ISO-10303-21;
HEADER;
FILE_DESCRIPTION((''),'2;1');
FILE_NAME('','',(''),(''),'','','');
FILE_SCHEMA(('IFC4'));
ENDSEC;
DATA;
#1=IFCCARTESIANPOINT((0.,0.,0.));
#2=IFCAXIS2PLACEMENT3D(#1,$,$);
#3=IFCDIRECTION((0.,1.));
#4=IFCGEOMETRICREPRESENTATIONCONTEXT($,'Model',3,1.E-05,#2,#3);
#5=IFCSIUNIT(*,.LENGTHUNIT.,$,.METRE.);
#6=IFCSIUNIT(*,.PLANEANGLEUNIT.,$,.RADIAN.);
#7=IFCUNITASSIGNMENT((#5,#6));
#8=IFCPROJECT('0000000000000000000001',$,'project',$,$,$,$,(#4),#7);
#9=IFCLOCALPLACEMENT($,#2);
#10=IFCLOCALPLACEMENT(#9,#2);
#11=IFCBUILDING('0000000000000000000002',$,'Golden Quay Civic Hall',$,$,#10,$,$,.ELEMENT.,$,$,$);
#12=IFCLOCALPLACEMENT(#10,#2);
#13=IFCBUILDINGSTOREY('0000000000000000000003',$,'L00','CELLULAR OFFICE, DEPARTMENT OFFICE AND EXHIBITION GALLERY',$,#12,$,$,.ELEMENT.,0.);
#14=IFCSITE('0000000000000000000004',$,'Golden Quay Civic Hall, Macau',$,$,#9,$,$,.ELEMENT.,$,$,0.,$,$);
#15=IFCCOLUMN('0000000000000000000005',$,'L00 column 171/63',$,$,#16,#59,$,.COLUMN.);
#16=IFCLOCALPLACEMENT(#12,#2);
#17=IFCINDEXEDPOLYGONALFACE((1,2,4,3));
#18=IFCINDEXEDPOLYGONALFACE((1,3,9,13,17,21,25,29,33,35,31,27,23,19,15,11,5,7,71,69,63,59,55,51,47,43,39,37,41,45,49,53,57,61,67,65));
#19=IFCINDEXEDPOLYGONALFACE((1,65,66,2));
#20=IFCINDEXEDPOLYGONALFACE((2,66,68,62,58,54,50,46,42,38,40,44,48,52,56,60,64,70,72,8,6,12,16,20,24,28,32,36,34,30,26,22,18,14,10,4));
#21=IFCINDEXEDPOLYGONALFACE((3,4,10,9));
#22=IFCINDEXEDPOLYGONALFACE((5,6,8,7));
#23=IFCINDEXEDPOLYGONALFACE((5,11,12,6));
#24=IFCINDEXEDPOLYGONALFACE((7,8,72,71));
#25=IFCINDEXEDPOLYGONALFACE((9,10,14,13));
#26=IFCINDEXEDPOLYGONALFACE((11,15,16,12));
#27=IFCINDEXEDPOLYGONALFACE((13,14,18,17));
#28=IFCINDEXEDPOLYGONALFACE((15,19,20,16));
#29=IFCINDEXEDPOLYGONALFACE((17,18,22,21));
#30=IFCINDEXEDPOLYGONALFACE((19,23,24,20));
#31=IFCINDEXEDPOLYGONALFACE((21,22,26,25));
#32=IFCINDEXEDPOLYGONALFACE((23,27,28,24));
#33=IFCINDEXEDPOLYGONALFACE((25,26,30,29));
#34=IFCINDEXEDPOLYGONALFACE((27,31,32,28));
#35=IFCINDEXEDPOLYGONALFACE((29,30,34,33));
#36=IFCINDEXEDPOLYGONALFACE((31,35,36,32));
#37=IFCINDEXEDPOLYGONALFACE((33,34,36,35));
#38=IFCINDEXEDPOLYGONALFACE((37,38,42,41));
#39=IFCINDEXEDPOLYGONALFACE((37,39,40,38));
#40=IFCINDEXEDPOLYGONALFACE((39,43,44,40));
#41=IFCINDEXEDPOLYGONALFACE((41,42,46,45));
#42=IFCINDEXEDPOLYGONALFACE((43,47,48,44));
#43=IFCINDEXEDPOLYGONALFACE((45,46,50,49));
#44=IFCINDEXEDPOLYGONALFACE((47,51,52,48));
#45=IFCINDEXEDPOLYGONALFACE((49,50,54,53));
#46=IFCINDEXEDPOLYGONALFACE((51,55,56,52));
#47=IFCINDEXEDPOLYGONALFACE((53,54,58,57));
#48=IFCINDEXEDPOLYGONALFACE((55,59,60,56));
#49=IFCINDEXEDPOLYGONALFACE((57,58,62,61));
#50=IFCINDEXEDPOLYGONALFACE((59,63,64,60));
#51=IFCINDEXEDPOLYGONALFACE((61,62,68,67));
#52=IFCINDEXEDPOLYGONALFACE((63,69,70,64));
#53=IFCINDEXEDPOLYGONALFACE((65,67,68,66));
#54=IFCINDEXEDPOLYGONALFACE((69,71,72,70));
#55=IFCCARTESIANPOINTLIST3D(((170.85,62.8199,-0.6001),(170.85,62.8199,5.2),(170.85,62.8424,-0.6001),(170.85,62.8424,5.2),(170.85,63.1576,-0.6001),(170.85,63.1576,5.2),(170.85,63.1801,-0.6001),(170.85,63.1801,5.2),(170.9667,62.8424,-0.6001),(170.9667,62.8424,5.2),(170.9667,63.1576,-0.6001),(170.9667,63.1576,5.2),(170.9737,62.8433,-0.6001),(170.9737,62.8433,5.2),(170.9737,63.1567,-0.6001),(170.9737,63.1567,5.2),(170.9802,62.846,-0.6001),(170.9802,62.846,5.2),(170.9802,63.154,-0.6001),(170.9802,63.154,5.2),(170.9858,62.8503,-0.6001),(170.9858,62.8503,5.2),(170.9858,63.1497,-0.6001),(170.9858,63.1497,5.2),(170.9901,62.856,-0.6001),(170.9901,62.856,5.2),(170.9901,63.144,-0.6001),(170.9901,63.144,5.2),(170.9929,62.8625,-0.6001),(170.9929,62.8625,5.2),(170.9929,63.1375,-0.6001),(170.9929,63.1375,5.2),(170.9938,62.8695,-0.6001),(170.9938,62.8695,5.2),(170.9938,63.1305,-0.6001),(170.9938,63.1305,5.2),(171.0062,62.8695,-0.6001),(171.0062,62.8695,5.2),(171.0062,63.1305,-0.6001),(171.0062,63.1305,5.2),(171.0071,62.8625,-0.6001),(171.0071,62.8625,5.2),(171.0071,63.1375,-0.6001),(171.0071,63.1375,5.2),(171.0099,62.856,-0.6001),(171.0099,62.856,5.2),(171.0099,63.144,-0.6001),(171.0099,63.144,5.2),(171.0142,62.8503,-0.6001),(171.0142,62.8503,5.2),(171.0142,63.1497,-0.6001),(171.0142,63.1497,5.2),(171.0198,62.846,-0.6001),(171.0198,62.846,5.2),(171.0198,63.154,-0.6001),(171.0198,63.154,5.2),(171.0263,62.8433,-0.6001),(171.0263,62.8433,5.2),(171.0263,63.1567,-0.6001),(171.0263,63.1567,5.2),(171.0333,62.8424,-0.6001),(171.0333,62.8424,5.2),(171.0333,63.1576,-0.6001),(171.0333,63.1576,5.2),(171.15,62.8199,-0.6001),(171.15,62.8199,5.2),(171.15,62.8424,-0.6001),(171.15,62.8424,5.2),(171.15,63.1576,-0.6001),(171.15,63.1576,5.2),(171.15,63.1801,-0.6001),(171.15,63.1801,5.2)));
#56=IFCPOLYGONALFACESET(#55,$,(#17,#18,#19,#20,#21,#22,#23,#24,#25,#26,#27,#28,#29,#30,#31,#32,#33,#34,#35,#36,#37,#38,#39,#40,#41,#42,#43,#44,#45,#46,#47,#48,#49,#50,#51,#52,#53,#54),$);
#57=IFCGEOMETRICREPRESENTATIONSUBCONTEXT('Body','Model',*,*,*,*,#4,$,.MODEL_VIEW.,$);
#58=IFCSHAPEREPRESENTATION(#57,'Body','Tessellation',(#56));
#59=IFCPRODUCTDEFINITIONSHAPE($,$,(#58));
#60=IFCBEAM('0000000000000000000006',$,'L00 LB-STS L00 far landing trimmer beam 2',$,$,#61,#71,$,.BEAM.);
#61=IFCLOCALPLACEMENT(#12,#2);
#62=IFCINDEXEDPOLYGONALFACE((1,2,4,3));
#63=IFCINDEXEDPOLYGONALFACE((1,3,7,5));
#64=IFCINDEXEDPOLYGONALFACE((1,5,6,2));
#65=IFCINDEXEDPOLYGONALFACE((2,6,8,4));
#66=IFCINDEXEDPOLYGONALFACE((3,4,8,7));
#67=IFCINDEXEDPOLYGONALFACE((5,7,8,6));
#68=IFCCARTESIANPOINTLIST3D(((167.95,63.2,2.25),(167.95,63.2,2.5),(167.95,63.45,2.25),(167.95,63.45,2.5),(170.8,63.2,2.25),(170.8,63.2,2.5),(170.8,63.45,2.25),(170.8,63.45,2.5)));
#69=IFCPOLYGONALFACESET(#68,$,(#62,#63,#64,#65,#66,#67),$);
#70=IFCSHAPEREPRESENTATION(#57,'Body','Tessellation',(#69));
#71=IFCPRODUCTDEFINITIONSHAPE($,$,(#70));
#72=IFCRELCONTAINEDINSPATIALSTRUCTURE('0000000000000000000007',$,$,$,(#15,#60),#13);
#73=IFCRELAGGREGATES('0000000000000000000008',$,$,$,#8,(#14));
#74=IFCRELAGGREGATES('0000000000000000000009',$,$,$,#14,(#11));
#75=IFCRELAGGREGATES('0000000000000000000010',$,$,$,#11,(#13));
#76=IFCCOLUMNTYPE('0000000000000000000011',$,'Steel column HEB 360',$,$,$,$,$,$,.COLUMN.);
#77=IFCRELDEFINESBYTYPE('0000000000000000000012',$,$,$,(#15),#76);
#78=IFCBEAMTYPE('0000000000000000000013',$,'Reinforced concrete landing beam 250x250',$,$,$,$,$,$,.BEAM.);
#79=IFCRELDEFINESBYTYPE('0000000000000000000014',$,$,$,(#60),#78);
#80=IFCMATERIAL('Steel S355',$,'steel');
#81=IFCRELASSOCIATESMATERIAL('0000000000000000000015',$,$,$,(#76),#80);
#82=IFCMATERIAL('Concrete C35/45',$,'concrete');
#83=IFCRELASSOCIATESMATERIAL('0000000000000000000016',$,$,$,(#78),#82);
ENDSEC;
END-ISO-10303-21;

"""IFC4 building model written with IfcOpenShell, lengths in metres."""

from ifc_helpers import new_model, si_unit, direction, frame, origin, origin_2d, place, context, subcontext, project, spatial, rectangle, i_section, extrude, material, material_profile, profile_set, type_object, element, save


model = new_model("IFC4")

# Units and contexts
model_context = context("Model", 3, precision=1e-05, world=origin(), true_north=direction((0.0, 1.0)))
body_context = subcontext(model_context, "Body", "Model", "MODEL_VIEW")
ifc_project = project(units=[si_unit("LENGTHUNIT", "METRE"), si_unit("PLANEANGLEUNIT", "RADIAN")], contexts=[model_context])

# Site, building, storey
site_placement = place(None, origin())
site = spatial("IfcSite", under=ifc_project, at=site_placement, Name="Golden Quay Civic Hall, Macau", CompositionType="ELEMENT", RefElevation=0.0)
building_placement = place(site_placement, origin())
building = spatial("IfcBuilding", under=site, at=building_placement, Name="Golden Quay Civic Hall", CompositionType="ELEMENT")
storey_placement = place(building_placement, origin())
storey = spatial("IfcBuildingStorey", under=building, at=storey_placement, Name="L00", Description="CELLULAR OFFICE, DEPARTMENT OFFICE AND EXHIBITION GALLERY", CompositionType="ELEMENT", Elevation=0.0)

# Column
ifc_material_1 = material(Name="Steel S355", Category="steel")
ifc_material_profile_1 = material_profile(ifc_material_1, i_section(OverallWidth=0.3, OverallDepth=0.3601, WebThickness=0.0125, FlangeThickness=0.0225, FilletRadius=0.0271, at=origin_2d()), Name="HEB 360")
ifc_profile_set_1 = profile_set([ifc_material_profile_1], Name="Steel S355")
column_type_1 = type_object("IfcColumnType", Name="Steel column HEB 360", PredefinedType="COLUMN", material=ifc_profile_set_1)
column_1_placement = place(storey_placement, frame((171.0, 63.0, -0.6001), z_axis=(0.0, 0.0, 1.0), x_axis=(1.0, 0.0, 0.0)))
element("IfcColumn", 1, at=column_1_placement, inside=storey, type_object=column_type_1, Name="L00 column 171/63", PredefinedType="COLUMN", context=body_context, shape_type="SweptSolid", body=[
    extrude(i_section(OverallWidth=0.3, OverallDepth=0.3601, WebThickness=0.0125, FlangeThickness=0.0225, FilletRadius=0.0271, at=origin_2d()), origin(), (0.0, 0.0, 1.0), 5.8),
])

# Beam
ifc_material_2 = material(Name="Concrete C35/45", Category="concrete")
ifc_material_profile_2 = material_profile(ifc_material_2, rectangle(XDim=0.25, YDim=0.25, at=origin_2d()), Name="RC 250x250")
ifc_profile_set_2 = profile_set([ifc_material_profile_2], Name="Concrete C35/45")
beam_type = type_object("IfcBeamType", Name="Reinforced concrete landing beam 250x250", PredefinedType="BEAM", material=ifc_profile_set_2)
beam_placement = place(storey_placement, frame((167.95, 63.325, 2.375), z_axis=(1.0, 0.0, 0.0), x_axis=(0.0, 1.0, 0.0)))
element("IfcBeam", 2, at=beam_placement, inside=storey, type_object=beam_type, Name="L00 LB-STS L00 far landing trimmer beam 2", PredefinedType="BEAM", context=body_context, shape_type="SweptSolid", body=[
    extrude(rectangle(XDim=0.25, YDim=0.25, at=origin_2d()), origin(), (0.0, 0.0, 1.0), 2.8501),
])

save(model, "model.ifc")
